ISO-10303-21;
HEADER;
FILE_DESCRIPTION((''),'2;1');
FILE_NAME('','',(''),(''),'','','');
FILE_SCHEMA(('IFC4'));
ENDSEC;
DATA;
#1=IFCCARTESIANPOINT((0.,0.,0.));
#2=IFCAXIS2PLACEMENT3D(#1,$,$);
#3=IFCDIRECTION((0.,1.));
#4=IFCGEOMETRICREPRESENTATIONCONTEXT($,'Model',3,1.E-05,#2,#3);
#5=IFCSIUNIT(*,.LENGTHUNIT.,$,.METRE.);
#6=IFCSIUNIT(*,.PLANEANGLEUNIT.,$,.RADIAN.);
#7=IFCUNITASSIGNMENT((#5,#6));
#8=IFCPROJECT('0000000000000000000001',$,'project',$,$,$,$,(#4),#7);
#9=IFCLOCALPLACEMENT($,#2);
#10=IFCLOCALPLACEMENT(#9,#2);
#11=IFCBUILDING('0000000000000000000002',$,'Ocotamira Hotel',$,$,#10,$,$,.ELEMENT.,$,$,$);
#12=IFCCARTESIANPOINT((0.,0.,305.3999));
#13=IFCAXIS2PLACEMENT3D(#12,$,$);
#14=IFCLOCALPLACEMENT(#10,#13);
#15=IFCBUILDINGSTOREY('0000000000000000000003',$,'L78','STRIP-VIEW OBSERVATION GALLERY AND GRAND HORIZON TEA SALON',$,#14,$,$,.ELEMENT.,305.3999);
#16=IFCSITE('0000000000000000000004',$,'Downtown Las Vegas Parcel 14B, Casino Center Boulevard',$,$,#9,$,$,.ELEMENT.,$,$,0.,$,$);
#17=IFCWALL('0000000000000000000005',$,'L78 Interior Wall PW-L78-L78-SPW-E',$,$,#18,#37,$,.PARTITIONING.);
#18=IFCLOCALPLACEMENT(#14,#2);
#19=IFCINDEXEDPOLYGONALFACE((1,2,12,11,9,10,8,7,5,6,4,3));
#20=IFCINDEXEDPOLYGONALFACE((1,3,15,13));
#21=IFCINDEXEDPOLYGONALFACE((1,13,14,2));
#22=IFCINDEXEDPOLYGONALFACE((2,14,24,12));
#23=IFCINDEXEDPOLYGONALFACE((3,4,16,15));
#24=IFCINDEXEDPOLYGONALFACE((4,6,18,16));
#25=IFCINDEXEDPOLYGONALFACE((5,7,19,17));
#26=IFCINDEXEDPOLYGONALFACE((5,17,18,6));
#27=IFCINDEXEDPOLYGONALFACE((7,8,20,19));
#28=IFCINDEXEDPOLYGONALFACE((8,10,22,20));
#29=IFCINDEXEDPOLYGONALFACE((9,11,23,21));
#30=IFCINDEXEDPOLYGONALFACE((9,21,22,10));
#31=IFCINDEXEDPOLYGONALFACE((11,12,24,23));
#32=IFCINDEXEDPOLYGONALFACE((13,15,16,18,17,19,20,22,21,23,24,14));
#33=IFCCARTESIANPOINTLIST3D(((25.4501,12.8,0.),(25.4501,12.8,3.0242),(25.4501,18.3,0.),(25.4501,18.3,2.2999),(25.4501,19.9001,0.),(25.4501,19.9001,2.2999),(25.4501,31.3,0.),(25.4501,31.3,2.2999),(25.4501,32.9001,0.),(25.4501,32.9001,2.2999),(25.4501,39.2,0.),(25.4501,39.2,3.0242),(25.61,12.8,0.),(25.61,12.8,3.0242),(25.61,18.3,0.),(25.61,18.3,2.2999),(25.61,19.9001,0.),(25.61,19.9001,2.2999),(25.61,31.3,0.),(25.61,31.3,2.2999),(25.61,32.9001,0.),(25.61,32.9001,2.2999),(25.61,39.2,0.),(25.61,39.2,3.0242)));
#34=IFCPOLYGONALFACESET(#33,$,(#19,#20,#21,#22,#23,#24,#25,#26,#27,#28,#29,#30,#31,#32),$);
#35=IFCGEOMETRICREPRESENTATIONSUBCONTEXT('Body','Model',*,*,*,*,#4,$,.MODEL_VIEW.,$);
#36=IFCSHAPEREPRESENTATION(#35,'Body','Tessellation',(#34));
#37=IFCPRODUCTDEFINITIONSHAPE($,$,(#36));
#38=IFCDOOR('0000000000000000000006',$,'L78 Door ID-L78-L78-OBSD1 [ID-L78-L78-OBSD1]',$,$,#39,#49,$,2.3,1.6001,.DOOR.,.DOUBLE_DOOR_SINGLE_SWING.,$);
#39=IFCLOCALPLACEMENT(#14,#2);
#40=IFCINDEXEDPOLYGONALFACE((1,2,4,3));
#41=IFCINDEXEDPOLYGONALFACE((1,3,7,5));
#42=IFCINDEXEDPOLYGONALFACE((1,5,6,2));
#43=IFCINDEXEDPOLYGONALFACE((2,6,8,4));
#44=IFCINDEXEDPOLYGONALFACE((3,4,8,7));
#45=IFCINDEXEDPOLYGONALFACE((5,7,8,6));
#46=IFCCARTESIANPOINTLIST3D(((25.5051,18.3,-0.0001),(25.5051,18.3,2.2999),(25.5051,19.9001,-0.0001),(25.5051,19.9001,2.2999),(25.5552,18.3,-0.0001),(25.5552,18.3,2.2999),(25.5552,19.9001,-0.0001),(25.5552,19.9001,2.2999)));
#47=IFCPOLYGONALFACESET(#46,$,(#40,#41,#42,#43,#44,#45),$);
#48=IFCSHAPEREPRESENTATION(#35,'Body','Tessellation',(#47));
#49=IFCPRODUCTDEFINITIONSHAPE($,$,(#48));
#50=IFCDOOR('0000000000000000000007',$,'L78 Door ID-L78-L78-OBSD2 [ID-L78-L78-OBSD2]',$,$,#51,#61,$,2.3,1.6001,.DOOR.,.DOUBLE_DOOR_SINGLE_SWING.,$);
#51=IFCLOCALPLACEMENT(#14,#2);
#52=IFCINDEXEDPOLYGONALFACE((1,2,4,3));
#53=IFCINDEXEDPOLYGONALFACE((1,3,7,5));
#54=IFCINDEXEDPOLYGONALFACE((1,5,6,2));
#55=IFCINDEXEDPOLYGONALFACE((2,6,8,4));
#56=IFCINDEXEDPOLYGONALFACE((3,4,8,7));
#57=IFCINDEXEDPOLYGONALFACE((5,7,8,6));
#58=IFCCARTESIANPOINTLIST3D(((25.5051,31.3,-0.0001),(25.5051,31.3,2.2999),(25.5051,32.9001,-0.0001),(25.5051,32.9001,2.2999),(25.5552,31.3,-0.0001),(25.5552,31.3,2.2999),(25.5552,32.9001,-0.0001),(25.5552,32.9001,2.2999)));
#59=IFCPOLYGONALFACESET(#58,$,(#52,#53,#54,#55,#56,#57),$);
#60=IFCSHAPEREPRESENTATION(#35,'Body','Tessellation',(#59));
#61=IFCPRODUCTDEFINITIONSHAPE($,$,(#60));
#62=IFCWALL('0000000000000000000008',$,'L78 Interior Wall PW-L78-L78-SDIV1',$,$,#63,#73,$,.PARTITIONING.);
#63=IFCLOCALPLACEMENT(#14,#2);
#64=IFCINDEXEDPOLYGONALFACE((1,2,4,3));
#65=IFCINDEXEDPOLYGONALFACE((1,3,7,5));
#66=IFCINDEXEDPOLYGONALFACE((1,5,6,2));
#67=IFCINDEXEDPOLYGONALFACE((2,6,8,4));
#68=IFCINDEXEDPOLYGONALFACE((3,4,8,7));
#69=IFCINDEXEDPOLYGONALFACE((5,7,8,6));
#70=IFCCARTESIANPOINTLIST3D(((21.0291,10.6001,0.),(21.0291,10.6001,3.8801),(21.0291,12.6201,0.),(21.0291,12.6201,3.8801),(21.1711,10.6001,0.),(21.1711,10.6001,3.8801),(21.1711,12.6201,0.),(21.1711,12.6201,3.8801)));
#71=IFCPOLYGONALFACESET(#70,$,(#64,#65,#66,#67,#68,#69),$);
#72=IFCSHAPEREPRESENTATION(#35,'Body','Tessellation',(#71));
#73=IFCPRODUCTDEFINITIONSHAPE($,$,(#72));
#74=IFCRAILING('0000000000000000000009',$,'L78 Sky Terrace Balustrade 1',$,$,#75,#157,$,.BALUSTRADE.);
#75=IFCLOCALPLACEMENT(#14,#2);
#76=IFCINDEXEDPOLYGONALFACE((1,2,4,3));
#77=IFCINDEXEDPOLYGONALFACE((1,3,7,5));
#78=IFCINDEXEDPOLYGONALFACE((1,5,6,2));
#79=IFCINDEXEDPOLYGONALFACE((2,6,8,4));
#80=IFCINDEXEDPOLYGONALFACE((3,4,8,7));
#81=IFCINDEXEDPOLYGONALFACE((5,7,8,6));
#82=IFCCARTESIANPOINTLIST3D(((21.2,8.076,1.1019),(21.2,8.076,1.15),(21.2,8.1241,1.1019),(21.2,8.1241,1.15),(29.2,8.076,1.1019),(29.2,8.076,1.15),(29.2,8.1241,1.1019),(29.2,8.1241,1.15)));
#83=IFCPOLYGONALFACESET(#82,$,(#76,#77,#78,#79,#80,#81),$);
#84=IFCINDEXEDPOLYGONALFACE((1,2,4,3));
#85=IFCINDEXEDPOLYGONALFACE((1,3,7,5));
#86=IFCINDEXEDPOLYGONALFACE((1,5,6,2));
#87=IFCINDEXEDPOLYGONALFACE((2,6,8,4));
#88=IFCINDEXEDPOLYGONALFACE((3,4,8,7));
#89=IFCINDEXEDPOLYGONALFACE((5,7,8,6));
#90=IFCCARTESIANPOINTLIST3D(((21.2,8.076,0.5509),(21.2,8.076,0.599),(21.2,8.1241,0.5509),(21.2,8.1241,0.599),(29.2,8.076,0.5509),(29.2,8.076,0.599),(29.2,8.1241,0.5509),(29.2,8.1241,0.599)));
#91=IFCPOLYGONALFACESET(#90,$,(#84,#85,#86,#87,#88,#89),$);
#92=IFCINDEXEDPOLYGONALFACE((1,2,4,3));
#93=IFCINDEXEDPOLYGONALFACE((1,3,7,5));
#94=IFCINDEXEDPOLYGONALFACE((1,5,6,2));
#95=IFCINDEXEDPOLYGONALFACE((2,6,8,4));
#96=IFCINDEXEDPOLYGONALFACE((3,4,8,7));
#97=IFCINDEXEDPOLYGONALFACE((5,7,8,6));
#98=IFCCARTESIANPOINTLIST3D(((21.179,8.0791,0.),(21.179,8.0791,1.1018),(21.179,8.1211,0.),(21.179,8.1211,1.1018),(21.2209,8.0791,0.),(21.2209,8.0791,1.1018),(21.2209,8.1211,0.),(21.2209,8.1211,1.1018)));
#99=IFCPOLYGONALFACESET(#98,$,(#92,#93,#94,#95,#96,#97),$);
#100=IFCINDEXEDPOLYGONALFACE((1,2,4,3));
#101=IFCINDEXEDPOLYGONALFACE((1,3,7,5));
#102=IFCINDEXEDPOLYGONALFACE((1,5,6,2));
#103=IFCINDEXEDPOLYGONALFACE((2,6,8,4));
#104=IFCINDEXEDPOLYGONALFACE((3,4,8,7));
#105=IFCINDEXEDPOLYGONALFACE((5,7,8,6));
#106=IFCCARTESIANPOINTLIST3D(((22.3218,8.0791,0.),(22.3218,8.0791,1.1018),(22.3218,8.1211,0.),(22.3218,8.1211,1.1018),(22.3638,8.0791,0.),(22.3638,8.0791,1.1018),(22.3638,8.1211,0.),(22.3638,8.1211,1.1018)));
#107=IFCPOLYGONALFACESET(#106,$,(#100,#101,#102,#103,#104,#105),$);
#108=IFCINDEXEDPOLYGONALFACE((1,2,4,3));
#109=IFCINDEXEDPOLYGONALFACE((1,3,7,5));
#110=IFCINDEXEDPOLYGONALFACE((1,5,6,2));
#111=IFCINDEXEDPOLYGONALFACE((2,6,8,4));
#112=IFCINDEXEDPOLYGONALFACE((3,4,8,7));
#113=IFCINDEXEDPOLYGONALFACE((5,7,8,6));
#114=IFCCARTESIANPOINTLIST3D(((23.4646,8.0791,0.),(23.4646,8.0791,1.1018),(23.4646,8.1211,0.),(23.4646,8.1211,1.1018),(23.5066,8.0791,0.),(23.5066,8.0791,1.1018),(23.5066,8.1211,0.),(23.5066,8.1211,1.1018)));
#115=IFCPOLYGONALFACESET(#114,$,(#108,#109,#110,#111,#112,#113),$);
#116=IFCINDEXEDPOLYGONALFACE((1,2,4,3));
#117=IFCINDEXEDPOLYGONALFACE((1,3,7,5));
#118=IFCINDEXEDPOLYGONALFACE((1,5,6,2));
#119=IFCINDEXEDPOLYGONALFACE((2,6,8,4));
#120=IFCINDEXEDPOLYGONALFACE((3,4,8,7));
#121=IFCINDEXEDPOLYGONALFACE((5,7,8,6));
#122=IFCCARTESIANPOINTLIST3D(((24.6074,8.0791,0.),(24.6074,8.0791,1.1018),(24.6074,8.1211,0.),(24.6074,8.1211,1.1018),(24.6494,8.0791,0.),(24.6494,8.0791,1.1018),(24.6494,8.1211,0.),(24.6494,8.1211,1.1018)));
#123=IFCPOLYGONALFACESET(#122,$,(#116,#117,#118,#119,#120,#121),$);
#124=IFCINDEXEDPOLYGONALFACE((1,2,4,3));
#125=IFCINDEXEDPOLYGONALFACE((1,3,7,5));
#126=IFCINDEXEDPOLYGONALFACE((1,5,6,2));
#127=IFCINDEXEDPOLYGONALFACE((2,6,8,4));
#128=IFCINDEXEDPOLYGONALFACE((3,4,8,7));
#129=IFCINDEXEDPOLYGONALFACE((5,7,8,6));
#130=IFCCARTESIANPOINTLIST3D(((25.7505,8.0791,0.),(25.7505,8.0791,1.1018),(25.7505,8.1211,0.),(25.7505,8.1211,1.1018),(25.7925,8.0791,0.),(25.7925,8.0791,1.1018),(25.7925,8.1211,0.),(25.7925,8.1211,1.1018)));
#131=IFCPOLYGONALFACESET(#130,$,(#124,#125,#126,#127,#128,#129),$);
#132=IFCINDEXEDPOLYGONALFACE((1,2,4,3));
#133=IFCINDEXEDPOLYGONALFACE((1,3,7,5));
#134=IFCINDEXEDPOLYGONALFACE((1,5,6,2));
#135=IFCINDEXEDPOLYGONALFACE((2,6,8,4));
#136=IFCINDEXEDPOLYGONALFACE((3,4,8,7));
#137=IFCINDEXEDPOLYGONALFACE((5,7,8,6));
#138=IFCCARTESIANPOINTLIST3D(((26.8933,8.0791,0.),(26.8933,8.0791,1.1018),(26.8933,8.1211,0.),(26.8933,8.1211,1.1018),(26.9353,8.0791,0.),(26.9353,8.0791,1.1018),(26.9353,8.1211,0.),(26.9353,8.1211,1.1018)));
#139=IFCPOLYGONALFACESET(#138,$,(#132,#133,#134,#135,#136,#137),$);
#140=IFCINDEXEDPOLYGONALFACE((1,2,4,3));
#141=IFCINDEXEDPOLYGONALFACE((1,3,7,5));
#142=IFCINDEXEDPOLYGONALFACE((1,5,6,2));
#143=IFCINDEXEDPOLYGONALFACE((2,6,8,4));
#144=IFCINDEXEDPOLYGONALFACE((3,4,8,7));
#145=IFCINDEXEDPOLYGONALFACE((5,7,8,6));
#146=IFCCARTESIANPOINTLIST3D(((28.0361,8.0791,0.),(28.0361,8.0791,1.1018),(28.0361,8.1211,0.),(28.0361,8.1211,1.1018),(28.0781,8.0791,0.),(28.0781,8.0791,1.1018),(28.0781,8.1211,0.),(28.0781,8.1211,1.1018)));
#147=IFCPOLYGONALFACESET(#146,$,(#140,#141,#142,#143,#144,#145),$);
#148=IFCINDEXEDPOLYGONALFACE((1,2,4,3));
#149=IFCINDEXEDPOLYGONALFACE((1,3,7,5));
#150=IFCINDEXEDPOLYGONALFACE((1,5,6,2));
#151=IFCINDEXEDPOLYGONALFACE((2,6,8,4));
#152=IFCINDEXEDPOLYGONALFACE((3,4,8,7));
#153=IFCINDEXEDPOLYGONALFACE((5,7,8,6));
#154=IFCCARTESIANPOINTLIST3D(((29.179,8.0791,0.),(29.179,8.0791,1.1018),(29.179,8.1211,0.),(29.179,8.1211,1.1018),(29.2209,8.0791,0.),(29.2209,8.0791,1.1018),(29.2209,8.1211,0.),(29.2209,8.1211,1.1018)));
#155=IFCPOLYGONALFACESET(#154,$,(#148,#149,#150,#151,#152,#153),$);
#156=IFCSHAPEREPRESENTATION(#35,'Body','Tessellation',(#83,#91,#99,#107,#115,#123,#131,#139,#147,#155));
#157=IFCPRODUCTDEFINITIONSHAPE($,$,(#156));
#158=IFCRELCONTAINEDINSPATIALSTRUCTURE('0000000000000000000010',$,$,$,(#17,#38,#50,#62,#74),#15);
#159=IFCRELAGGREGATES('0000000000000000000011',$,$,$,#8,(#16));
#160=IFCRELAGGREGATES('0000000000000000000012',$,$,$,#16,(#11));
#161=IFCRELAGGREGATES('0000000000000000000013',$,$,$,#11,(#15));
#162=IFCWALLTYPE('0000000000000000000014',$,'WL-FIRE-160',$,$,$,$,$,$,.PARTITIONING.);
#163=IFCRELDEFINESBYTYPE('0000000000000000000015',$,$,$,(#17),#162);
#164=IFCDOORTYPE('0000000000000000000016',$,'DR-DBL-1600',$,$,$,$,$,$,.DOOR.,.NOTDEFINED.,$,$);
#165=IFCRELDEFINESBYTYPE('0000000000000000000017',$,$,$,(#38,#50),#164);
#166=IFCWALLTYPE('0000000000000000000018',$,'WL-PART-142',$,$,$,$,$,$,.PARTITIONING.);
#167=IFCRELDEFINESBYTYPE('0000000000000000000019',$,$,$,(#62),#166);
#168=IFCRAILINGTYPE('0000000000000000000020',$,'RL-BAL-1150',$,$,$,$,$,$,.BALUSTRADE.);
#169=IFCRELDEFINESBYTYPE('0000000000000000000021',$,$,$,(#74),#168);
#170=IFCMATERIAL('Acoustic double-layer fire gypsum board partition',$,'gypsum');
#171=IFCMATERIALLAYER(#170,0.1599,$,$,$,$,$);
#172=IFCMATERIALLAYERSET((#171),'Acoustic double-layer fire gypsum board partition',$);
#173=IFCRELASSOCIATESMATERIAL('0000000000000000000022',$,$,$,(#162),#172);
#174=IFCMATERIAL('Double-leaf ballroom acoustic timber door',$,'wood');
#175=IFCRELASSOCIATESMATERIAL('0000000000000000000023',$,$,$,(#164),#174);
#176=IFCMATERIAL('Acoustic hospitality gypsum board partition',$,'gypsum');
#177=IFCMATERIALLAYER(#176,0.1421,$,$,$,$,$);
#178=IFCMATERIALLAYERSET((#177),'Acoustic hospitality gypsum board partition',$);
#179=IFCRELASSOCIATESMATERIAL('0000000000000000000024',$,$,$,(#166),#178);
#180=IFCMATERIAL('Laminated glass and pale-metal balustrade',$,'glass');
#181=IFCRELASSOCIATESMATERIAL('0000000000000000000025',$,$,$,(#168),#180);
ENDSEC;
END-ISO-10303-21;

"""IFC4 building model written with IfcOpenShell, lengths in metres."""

from ifc_helpers import new_model, si_unit, direction, frame, frame_2d, origin, origin_2d, place, context, subcontext, project, spatial, rectangle, extrude, source, transform, mapped, material, layer, layer_set, type_object, element, fill, save


model = new_model("IFC4")

# Units and contexts
model_context = context("Model", 3, precision=1e-05, world=origin(), true_north=direction((0.0, 1.0)))
body_context = subcontext(model_context, "Body", "Model", "MODEL_VIEW")
ifc_project = project(units=[si_unit("LENGTHUNIT", "METRE"), si_unit("PLANEANGLEUNIT", "RADIAN")], contexts=[model_context])

# Site, building, storey
site_placement = place(None, origin())
site = spatial("IfcSite", under=ifc_project, at=site_placement, Name="Downtown Las Vegas Parcel 14B, Casino Center Boulevard", CompositionType="ELEMENT", RefElevation=0.0)
building_placement = place(site_placement, origin())
building = spatial("IfcBuilding", under=site, at=building_placement, Name="Ocotamira Hotel", CompositionType="ELEMENT")
storey_placement = place(building_placement, frame((0.0, 0.0, 305.3999)))
storey = spatial("IfcBuildingStorey", under=building, at=storey_placement, Name="L78", Description="STRIP-VIEW OBSERVATION GALLERY AND GRAND HORIZON TEA SALON", CompositionType="ELEMENT", Elevation=305.3999)

# Wall, openings, doors
ifc_material_1 = material(Name="Acoustic double-layer fire gypsum board partition", Category="gypsum")
ifc_layer_1 = layer(ifc_material_1, 0.1599)
ifc_layer_set_1 = layer_set([ifc_layer_1], Name="Acoustic double-layer fire gypsum board partition")
wall_type_1 = type_object("IfcWallType", Name="WL-FIRE-160", PredefinedType="PARTITIONING", material=ifc_layer_set_1)
wall_1_placement = place(storey_placement, frame((25.53, 12.8, 0.0), z_axis=(0.0, 0.0, 1.0), x_axis=(0.0, 1.0, 0.0)))
wall_1 = element("IfcWall", 1, at=wall_1_placement, inside=storey, type_object=wall_type_1, Name="L78 Interior Wall PW-L78-L78-SPW-E", PredefinedType="PARTITIONING", context=body_context, shape_type="SweptSolid", body=[
    extrude(rectangle(XDim=26.3999, YDim=0.1599, at=frame_2d((13.2, 0.0))), origin(), (0.0, 0.0, 1.0), 3.0242),
])
opening_1_placement = place(wall_1_placement, frame((5.5, 0.0, 0.0)))
opening_1 = element("IfcOpeningElement", 2, at=opening_1_placement, cuts=wall_1, PredefinedType="OPENING", context=body_context, shape_type="SweptSolid", body=[
    extrude(rectangle(XDim=1.6001, YDim=2.3, at=frame_2d((0.8, 1.1499))), frame((0.0, 0.0898, 0.0), z_axis=(0.0, -1.0, 0.0), x_axis=(1.0, 0.0, 0.0)), (0.0, 0.0, 1.0), 0.1799),
])
opening_2_placement = place(wall_1_placement, frame((18.5, 0.0, 0.0)))
opening_2 = element("IfcOpeningElement", 3, at=opening_2_placement, cuts=wall_1, PredefinedType="OPENING", context=body_context, shape_type="SweptSolid", body=[
    extrude(rectangle(XDim=1.6001, YDim=2.3, at=frame_2d((0.8, 1.1499))), frame((0.0, 0.0898, 0.0), z_axis=(0.0, -1.0, 0.0), x_axis=(1.0, 0.0, 0.0)), (0.0, 0.0, 1.0), 0.1799),
])
ifc_material_2 = material(Name="Double-leaf ballroom acoustic timber door", Category="wood")
door_type_1 = type_object("IfcDoorType", Name="DR-DBL-1600", OperationType="NOTDEFINED", PredefinedType="DOOR", material=ifc_material_2)
shared_shape_1 = source(origin(), body_context, "Body", "SweptSolid", [
    extrude(rectangle(XDim=1.6001, YDim=2.3, at=frame_2d((0.8, 1.1499))), frame((0.0, 0.0249, 0.0), z_axis=(0.0, -1.0, 0.0), x_axis=(1.0, 0.0, 0.0)), (0.0, 0.0, 1.0), 0.05),
])
door_1_placement = place(opening_1_placement, origin())
door_1 = element("IfcDoor", 4, at=door_1_placement, inside=storey, type_object=door_type_1, Name="L78 Door ID-L78-L78-OBSD1 [ID-L78-L78-OBSD1]", OperationType="DOUBLE_DOOR_SINGLE_SWING", OverallHeight=2.3, OverallWidth=1.6001, PredefinedType="DOOR", context=body_context, shape_type="MappedRepresentation", body=[
    mapped(shared_shape_1, transform((0.0, 0.0, 0.0), scale=1.0)),
])
fill(opening_1, door_1)
door_2_placement = place(opening_2_placement, origin())
door_2 = element("IfcDoor", 5, at=door_2_placement, inside=storey, type_object=door_type_1, Name="L78 Door ID-L78-L78-OBSD2 [ID-L78-L78-OBSD2]", OperationType="DOUBLE_DOOR_SINGLE_SWING", OverallHeight=2.3, OverallWidth=1.6001, PredefinedType="DOOR", context=body_context, shape_type="MappedRepresentation", body=[
    mapped(shared_shape_1, transform((0.0, 0.0, 0.0), scale=1.0)),
])
fill(opening_2, door_2)

# Wall
ifc_material_3 = material(Name="Acoustic hospitality gypsum board partition", Category="gypsum")
ifc_layer_2 = layer(ifc_material_3, 0.1421)
ifc_layer_set_2 = layer_set([ifc_layer_2], Name="Acoustic hospitality gypsum board partition")
wall_type_2 = type_object("IfcWallType", Name="WL-PART-142", PredefinedType="PARTITIONING", material=ifc_layer_set_2)
wall_2_placement = place(storey_placement, frame((21.1001, 10.6001, 0.0), z_axis=(0.0, 0.0, 1.0), x_axis=(0.0, 1.0, 0.0)))
element("IfcWall", 6, at=wall_2_placement, inside=storey, type_object=wall_type_2, Name="L78 Interior Wall PW-L78-L78-SDIV1", PredefinedType="PARTITIONING", context=body_context, shape_type="SweptSolid", body=[
    extrude(rectangle(XDim=2.02, YDim=0.1421, at=frame_2d((1.01, 0.0))), origin(), (0.0, 0.0, 1.0), 3.8801),
])

# Railing
ifc_material_4 = material(Name="Laminated glass and pale-metal balustrade", Category="glass")
railing_type = type_object("IfcRailingType", Name="RL-BAL-1150", PredefinedType="BALUSTRADE", material=ifc_material_4)
railing_placement = place(storey_placement, frame((21.2, 8.1001, 0.0)))
element("IfcRailing", 7, at=railing_placement, inside=storey, type_object=railing_type, Name="L78 Sky Terrace Balustrade 1", PredefinedType="BALUSTRADE", context=body_context, shape_type="SweptSolid", body=[
    extrude(rectangle(XDim=0.0481, YDim=0.0481, at=origin_2d()), frame((0.0, 0.0, 1.126), z_axis=(1.0, 0.0, 0.0), x_axis=(0.0, 1.0, 0.0)), (0.0, 0.0, 1.0), 8.0),
    extrude(rectangle(XDim=0.0481, YDim=0.0481, at=origin_2d()), frame((0.0, 0.0, 0.575), z_axis=(1.0, 0.0, 0.0), x_axis=(0.0, 1.0, 0.0)), (0.0, 0.0, 1.0), 8.0),
    extrude(rectangle(XDim=0.042, YDim=0.042, at=origin_2d()), origin(), (0.0, 0.0, 1.0), 1.1018),
    extrude(rectangle(XDim=0.042, YDim=0.042, at=origin_2d()), frame((1.1428, 0.0, 0.0)), (0.0, 0.0, 1.0), 1.1018),
    extrude(rectangle(XDim=0.042, YDim=0.042, at=origin_2d()), frame((2.2856, 0.0, 0.0)), (0.0, 0.0, 1.0), 1.1018),
    extrude(rectangle(XDim=0.042, YDim=0.042, at=origin_2d()), frame((3.4285, 0.0, 0.0)), (0.0, 0.0, 1.0), 1.1018),
    extrude(rectangle(XDim=0.042, YDim=0.042, at=origin_2d()), frame((4.5715, 0.0, 0.0)), (0.0, 0.0, 1.0), 1.1018),
    extrude(rectangle(XDim=0.042, YDim=0.042, at=origin_2d()), frame((5.7144, 0.0, 0.0)), (0.0, 0.0, 1.0), 1.1018),
    extrude(rectangle(XDim=0.042, YDim=0.042, at=origin_2d()), frame((6.8572, 0.0, 0.0)), (0.0, 0.0, 1.0), 1.1018),
    extrude(rectangle(XDim=0.042, YDim=0.042, at=origin_2d()), frame((8.0, 0.0, 0.0)), (0.0, 0.0, 1.0), 1.1018),
])

save(model, "model.ifc")
